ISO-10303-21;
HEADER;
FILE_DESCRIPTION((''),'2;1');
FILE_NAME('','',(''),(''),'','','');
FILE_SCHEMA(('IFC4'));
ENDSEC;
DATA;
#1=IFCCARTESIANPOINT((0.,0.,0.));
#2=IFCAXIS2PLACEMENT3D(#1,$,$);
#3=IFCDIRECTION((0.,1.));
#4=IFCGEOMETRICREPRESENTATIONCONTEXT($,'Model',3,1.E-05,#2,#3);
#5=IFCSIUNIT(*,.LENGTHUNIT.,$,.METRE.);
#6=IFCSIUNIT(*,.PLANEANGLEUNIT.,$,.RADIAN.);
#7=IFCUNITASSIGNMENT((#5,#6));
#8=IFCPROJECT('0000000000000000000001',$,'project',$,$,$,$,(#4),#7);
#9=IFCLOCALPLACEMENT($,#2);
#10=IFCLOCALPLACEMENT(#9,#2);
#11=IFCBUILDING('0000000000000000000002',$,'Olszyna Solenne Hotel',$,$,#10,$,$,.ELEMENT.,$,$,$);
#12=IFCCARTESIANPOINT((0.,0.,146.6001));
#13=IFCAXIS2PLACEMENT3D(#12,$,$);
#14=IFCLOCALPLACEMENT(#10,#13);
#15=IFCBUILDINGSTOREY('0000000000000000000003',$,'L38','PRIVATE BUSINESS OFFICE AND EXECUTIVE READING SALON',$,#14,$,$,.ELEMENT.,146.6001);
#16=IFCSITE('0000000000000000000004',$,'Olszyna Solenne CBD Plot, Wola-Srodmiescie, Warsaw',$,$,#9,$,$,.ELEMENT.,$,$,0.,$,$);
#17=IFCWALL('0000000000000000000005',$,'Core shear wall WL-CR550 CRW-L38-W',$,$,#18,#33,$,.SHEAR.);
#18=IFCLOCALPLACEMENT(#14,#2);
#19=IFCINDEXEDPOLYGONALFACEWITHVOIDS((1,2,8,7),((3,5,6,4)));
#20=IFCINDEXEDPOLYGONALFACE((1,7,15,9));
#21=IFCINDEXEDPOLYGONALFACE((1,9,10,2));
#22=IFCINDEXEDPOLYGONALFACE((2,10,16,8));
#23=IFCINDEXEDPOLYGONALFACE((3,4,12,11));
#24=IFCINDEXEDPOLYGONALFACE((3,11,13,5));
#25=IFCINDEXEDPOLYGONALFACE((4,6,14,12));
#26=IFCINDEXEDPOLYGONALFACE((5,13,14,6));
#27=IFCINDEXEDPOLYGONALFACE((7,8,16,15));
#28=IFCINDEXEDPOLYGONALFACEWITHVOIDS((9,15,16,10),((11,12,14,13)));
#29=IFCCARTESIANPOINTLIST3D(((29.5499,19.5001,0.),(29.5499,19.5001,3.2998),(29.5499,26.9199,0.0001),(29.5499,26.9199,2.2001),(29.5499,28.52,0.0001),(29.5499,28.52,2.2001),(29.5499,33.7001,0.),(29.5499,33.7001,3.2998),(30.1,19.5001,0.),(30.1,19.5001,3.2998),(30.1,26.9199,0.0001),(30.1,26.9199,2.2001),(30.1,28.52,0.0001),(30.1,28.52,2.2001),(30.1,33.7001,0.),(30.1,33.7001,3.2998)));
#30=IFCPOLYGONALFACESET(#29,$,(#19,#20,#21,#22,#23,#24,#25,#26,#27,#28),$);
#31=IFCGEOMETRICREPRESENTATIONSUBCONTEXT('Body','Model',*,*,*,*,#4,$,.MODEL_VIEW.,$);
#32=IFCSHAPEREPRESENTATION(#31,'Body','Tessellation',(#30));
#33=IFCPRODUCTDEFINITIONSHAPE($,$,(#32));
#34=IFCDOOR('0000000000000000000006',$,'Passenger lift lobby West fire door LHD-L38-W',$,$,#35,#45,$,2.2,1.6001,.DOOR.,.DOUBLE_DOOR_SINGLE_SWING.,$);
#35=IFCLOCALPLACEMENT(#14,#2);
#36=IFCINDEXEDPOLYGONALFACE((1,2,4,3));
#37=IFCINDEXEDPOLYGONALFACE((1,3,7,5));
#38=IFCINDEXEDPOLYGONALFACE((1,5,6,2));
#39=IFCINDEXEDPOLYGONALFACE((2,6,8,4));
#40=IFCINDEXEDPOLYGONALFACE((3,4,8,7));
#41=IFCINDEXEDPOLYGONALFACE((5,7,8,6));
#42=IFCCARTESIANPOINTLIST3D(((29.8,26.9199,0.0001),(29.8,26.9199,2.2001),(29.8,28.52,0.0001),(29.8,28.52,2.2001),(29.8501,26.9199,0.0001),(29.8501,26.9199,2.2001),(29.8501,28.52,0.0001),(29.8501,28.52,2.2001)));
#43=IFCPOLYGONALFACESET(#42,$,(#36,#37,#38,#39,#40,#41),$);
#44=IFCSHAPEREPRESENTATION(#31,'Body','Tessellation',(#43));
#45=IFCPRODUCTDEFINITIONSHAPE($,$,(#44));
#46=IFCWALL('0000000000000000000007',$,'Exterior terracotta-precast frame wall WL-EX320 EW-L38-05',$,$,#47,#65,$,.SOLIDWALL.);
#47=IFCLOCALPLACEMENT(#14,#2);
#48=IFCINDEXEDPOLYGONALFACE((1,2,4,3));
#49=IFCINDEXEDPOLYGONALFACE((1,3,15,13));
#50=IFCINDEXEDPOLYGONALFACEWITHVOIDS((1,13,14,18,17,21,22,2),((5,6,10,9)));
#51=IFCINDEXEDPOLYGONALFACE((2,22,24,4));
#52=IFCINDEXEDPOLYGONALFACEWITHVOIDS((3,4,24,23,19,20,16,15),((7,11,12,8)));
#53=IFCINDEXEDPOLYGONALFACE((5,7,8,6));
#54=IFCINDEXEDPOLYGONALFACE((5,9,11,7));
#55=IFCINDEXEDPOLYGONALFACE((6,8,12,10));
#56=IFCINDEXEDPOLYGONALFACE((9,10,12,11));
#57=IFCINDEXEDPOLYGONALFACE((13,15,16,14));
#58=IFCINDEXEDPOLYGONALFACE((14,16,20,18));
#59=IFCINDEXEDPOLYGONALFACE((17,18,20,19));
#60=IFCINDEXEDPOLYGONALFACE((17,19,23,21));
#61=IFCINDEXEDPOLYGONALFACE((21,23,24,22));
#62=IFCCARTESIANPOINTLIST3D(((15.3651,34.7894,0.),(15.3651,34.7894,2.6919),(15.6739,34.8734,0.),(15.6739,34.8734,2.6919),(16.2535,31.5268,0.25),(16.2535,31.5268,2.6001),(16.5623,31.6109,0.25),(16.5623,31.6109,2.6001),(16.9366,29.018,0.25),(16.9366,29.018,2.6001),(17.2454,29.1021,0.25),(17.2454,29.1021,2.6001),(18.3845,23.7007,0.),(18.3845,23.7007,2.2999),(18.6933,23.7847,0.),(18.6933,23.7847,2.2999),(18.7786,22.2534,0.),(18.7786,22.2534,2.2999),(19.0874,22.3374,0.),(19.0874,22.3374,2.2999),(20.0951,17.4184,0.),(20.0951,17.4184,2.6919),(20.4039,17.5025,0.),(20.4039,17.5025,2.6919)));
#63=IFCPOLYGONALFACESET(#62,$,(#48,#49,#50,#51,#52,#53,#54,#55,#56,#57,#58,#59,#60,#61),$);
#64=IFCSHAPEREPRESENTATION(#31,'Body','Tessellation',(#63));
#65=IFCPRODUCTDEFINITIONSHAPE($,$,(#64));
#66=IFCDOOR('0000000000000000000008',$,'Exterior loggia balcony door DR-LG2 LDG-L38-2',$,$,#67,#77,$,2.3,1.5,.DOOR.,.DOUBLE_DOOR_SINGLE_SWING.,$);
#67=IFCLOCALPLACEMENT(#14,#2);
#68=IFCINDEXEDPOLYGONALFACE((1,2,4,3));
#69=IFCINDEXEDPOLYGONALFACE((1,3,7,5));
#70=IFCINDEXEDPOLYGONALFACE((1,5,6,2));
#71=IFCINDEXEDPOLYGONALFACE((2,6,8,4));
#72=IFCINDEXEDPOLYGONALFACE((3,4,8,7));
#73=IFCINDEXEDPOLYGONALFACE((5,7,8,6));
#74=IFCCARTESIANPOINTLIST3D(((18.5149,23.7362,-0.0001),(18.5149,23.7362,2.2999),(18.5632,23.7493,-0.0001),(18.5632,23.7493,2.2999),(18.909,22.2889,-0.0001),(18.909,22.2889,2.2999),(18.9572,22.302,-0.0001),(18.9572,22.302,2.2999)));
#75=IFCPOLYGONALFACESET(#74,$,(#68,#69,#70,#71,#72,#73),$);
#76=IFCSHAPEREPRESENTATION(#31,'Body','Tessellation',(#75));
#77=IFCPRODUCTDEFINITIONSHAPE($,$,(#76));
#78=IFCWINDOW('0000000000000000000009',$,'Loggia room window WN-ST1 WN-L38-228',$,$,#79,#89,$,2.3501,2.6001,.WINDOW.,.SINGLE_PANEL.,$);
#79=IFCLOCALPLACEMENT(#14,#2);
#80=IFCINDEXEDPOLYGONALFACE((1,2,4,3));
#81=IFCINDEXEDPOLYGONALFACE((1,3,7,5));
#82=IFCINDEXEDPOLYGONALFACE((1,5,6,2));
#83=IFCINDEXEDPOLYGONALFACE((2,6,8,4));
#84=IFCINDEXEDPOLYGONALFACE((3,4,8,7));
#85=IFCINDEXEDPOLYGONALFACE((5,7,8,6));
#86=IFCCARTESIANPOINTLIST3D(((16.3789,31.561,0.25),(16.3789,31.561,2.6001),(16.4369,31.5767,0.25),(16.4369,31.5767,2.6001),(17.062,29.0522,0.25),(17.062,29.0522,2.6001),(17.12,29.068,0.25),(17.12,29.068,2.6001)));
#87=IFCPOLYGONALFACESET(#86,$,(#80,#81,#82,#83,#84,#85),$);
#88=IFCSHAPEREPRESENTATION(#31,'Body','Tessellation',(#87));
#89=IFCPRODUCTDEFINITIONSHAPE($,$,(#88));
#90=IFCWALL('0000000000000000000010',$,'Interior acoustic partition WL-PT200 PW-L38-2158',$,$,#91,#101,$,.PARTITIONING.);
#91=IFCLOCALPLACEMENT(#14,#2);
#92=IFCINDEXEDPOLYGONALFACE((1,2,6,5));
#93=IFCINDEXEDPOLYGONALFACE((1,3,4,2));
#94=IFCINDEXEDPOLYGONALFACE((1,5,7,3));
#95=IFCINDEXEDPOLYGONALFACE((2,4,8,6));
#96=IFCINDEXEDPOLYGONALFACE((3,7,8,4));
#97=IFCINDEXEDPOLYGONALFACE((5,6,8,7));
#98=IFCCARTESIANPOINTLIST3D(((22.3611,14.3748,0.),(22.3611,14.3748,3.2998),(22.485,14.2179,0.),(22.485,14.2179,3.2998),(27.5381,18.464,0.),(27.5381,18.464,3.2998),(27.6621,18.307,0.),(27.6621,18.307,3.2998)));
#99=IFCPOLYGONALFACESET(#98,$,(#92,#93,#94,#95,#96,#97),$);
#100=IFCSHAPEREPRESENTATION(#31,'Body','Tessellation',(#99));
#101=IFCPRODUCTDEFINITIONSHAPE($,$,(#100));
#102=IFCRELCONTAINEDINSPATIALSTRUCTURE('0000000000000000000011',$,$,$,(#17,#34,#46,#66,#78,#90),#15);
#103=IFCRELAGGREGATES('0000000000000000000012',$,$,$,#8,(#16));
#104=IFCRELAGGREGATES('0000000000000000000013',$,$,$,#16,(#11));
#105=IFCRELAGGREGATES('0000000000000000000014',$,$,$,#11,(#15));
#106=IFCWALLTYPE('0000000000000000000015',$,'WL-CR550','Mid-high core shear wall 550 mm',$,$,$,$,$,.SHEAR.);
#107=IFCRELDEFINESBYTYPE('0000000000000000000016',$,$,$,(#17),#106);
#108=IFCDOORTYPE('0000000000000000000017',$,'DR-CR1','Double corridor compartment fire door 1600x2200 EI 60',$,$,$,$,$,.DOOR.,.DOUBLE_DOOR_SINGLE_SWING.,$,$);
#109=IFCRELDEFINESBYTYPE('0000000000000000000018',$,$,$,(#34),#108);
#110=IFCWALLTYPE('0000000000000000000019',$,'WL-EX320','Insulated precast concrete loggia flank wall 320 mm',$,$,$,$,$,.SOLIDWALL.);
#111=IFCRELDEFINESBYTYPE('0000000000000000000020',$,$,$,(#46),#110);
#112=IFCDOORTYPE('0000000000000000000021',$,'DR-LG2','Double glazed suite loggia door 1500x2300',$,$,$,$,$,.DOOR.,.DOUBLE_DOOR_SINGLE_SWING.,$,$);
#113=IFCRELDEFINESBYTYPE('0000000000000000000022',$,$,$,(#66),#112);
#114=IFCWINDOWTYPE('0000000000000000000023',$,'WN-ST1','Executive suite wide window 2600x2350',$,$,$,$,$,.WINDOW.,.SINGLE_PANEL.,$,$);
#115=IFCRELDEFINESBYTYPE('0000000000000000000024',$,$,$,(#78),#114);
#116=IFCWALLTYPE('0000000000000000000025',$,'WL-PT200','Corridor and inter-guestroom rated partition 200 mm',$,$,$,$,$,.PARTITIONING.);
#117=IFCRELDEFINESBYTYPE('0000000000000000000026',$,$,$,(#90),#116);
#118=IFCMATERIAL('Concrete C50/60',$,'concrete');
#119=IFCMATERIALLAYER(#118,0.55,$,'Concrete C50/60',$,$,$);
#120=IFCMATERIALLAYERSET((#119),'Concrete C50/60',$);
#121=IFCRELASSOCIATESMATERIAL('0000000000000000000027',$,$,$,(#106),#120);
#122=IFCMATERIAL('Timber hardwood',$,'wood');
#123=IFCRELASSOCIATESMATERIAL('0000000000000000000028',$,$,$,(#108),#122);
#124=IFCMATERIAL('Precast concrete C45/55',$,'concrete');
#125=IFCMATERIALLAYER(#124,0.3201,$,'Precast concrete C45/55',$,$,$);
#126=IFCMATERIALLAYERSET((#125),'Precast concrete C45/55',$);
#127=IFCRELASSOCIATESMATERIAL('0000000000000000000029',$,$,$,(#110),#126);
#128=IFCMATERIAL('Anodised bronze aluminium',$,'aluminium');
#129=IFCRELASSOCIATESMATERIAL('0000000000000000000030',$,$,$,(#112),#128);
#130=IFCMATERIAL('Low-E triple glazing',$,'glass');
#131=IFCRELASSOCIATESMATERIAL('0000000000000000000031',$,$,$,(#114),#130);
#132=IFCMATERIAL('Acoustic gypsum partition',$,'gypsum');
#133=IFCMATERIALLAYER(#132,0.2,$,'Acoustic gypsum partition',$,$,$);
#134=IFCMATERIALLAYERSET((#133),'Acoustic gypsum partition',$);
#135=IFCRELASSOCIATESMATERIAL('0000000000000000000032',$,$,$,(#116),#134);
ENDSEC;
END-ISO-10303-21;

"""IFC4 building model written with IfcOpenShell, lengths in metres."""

from ifc_helpers import new_model, si_unit, direction, frame, frame_2d, origin, place, context, subcontext, project, spatial, rectangle, extrude, source, transform, mapped, material, layer, layer_set, type_object, type_shapes, element, fill, save


model = new_model("IFC4")

# Units and contexts
model_context = context("Model", 3, precision=1e-05, world=origin(), true_north=direction((0.0, 1.0)))
body_context = subcontext(model_context, "Body", "Model", "MODEL_VIEW")
ifc_project = project(units=[si_unit("LENGTHUNIT", "METRE"), si_unit("PLANEANGLEUNIT", "RADIAN")], contexts=[model_context])

# Site, building, storey
site_placement = place(None, origin())
site = spatial("IfcSite", under=ifc_project, at=site_placement, Name="Olszyna Solenne CBD Plot, Wola-Srodmiescie, Warsaw", CompositionType="ELEMENT", RefElevation=0.0)
building_placement = place(site_placement, origin())
building = spatial("IfcBuilding", under=site, at=building_placement, Name="Olszyna Solenne Hotel", CompositionType="ELEMENT")
storey_placement = place(building_placement, frame((0.0, 0.0, 146.6001)))
storey = spatial("IfcBuildingStorey", under=building, at=storey_placement, Name="L38", Description="PRIVATE BUSINESS OFFICE AND EXECUTIVE READING SALON", CompositionType="ELEMENT", Elevation=146.6001)

# Shared definitions
ifc_material_1 = material(Name="Precast concrete C45/55", Category="concrete")
ifc_material_2 = material(Name="Concrete C50/60", Category="concrete")

# Wall, opening, door
ifc_layer_1 = layer(ifc_material_2, 0.55, Name="Concrete C50/60")
ifc_layer_set_1 = layer_set([ifc_layer_1], Name="Concrete C50/60")
wall_type_1 = type_object("IfcWallType", Name="WL-CR550", Description="Mid-high core shear wall 550 mm", PredefinedType="SHEAR", material=ifc_layer_set_1)
wall_1_placement = place(storey_placement, frame((29.825, 19.5, 0.0), z_axis=(0.0, 0.0, 1.0), x_axis=(0.0, 1.0, 0.0)))
wall_1 = element("IfcWall", 1, at=wall_1_placement, inside=storey, type_object=wall_type_1, Name="Core shear wall WL-CR550 CRW-L38-W", PredefinedType="SHEAR", context=body_context, shape_type="SweptSolid", body=[
    extrude(rectangle(XDim=14.2, YDim=0.55, at=frame_2d((7.1001, 0.0))), origin(), (0.0, 0.0, 1.0), 3.2998),
])
opening_1_placement = place(wall_1_placement, frame((7.4199, 0.0, 0.0)))
opening_1 = element("IfcOpeningElement", 2, at=opening_1_placement, cuts=wall_1, PredefinedType="OPENING", context=body_context, shape_type="SweptSolid", body=[
    extrude(rectangle(XDim=1.6001, YDim=2.2, at=frame_2d((0.8, 1.1001))), frame((0.0, 0.2852, 0.0), z_axis=(0.0, -1.0, 0.0), x_axis=(1.0, 0.0, 0.0)), (0.0, 0.0, 1.0), 0.5701),
])
ifc_material_3 = material(Name="Timber hardwood", Category="wood")
door_type_1 = type_object("IfcDoorType", Name="DR-CR1", Description="Double corridor compartment fire door 1600x2200 EI 60", OperationType="DOUBLE_DOOR_SINGLE_SWING", PredefinedType="DOOR", material=ifc_material_3)
shared_shape_1 = source(origin(), body_context, "Body", "SweptSolid", [
    extrude(rectangle(XDim=1.6001, YDim=2.2, at=frame_2d((0.8, 1.1001))), frame((0.0, 0.0249, 0.0), z_axis=(0.0, -1.0, 0.0), x_axis=(1.0, 0.0, 0.0)), (0.0, 0.0, 1.0), 0.05),
])
type_shapes(door_type_1, [shared_shape_1])
door_1_placement = place(opening_1_placement, origin())
door_1 = element("IfcDoor", 3, at=door_1_placement, inside=storey, type_object=door_type_1, Name="Passenger lift lobby West fire door LHD-L38-W", OperationType="DOUBLE_DOOR_SINGLE_SWING", OverallHeight=2.2, OverallWidth=1.6001, PredefinedType="DOOR", context=body_context, shape_type="MappedRepresentation", body=[
    mapped(shared_shape_1, transform((0.0, 0.0, 0.0), x_axis=(1.0, 0.0, 0.0), y_axis=(0.0, 1.0, 0.0), z_axis=(0.0, 0.0, 1.0), scale=1.0)),
])
fill(opening_1, door_1)

# Wall, openings, door, window
ifc_layer_2 = layer(ifc_material_1, 0.3201, Name="Precast concrete C45/55")
ifc_layer_set_2 = layer_set([ifc_layer_2], Name="Precast concrete C45/55")
wall_type_2 = type_object("IfcWallType", Name="WL-EX320", Description="Insulated precast concrete loggia flank wall 320 mm", PredefinedType="SOLIDWALL", material=ifc_layer_set_2)
wall_2_placement = place(storey_placement, frame((20.2495, 17.4604, 0.0), z_axis=(0.0, 0.0, 1.0), x_axis=(-0.262728, 0.96487, 0.0)))
wall_2 = element("IfcWall", 4, at=wall_2_placement, inside=storey, type_object=wall_type_2, Name="Exterior terracotta-precast frame wall WL-EX320 EW-L38-05", PredefinedType="SOLIDWALL", context=body_context, shape_type="SweptSolid", body=[
    extrude(rectangle(XDim=18.0034, YDim=0.3201, at=frame_2d((9.0017, 0.0))), origin(), (0.0, 0.0, 1.0), 2.6919),
])
opening_2_placement = place(wall_2_placement, frame((5.011, 0.0, 0.0)))
opening_2 = element("IfcOpeningElement", 5, at=opening_2_placement, cuts=wall_2, PredefinedType="OPENING", context=body_context, shape_type="SweptSolid", body=[
    extrude(rectangle(XDim=1.5, YDim=2.3, at=frame_2d((0.75, 1.1499))), frame((0.0, 0.1699, 0.0), z_axis=(0.0, -1.0, 0.0), x_axis=(1.0, 0.0, 0.0)), (0.0, 0.0, 1.0), 0.3401),
])
opening_3_placement = place(wall_2_placement, frame((12.022, 0.0, 0.25)))
opening_3 = element("IfcOpeningElement", 6, at=opening_3_placement, cuts=wall_2, PredefinedType="OPENING", context=body_context, shape_type="SweptSolid", body=[
    extrude(rectangle(XDim=2.6001, YDim=2.3501, at=frame_2d((1.3, 1.175))), frame((0.0, 0.1699, 0.0), z_axis=(0.0, -1.0, 0.0), x_axis=(1.0, 0.0, 0.0)), (0.0, 0.0, 1.0), 0.3401),
])
ifc_material_4 = material(Name="Anodised bronze aluminium", Category="aluminium")
door_type_2 = type_object("IfcDoorType", Name="DR-LG2", Description="Double glazed suite loggia door 1500x2300", OperationType="DOUBLE_DOOR_SINGLE_SWING", PredefinedType="DOOR", material=ifc_material_4)
shared_shape_2 = source(origin(), body_context, "Body", "SweptSolid", [
    extrude(rectangle(XDim=1.5, YDim=2.3, at=frame_2d((0.75, 1.1499))), frame((0.0, 0.0249, 0.0), z_axis=(0.0, -1.0, 0.0), x_axis=(1.0, 0.0, 0.0)), (0.0, 0.0, 1.0), 0.05),
])
type_shapes(door_type_2, [shared_shape_2])
door_2_placement = place(opening_2_placement, origin())
door_2 = element("IfcDoor", 7, at=door_2_placement, inside=storey, type_object=door_type_2, Name="Exterior loggia balcony door DR-LG2 LDG-L38-2", OperationType="DOUBLE_DOOR_SINGLE_SWING", OverallHeight=2.3, OverallWidth=1.5, PredefinedType="DOOR", context=body_context, shape_type="MappedRepresentation", body=[
    mapped(shared_shape_2, transform((0.0, 0.0, 0.0), x_axis=(1.0, 0.0, 0.0), y_axis=(0.0, 1.0, 0.0), z_axis=(0.0, 0.0, 1.0), scale=1.0)),
])
fill(opening_2, door_2)
ifc_material_5 = material(Name="Low-E triple glazing", Category="glass")
window_type = type_object("IfcWindowType", Name="WN-ST1", Description="Executive suite wide window 2600x2350", PartitioningType="SINGLE_PANEL", PredefinedType="WINDOW", material=ifc_material_5)
shared_shape_3 = source(origin(), body_context, "Body", "SweptSolid", [
    extrude(rectangle(XDim=2.6001, YDim=2.3501, at=frame_2d((1.3, 1.175))), frame((0.0, 0.03, 0.0), z_axis=(0.0, -1.0, 0.0), x_axis=(1.0, 0.0, 0.0)), (0.0, 0.0, 1.0), 0.0601),
])
type_shapes(window_type, [shared_shape_3])
window_placement = place(opening_3_placement, origin())
window = element("IfcWindow", 8, at=window_placement, inside=storey, type_object=window_type, Name="Loggia room window WN-ST1 WN-L38-228", OverallHeight=2.3501, OverallWidth=2.6001, PartitioningType="SINGLE_PANEL", PredefinedType="WINDOW", context=body_context, shape_type="MappedRepresentation", body=[
    mapped(shared_shape_3, transform((0.0, 0.0, 0.0), x_axis=(1.0, 0.0, 0.0), y_axis=(0.0, 1.0, 0.0), z_axis=(0.0, 0.0, 1.0), scale=1.0)),
])
fill(opening_3, window)

# Wall
ifc_material_6 = material(Name="Acoustic gypsum partition", Category="gypsum")
ifc_layer_3 = layer(ifc_material_6, 0.2, Name="Acoustic gypsum partition")
ifc_layer_set_3 = layer_set([ifc_layer_3], Name="Acoustic gypsum partition")
wall_type_3 = type_object("IfcWallType", Name="WL-PT200", Description="Corridor and inter-guestroom rated partition 200 mm", PredefinedType="PARTITIONING", material=ifc_layer_set_3)
wall_3_placement = place(storey_placement, frame((27.6001, 18.3855, 0.0), z_axis=(0.0, 0.0, 1.0), x_axis=(-0.784735, -0.619831, 0.0)))
element("IfcWall", 9, at=wall_3_placement, inside=storey, type_object=wall_type_3, Name="Interior acoustic partition WL-PT200 PW-L38-2158", PredefinedType="PARTITIONING", context=body_context, shape_type="SweptSolid", body=[
    extrude(rectangle(XDim=6.5972, YDim=0.2, at=frame_2d((3.2986, 0.0))), origin(), (0.0, 0.0, 1.0), 3.2998),
])

save(model, "model.ifc")
